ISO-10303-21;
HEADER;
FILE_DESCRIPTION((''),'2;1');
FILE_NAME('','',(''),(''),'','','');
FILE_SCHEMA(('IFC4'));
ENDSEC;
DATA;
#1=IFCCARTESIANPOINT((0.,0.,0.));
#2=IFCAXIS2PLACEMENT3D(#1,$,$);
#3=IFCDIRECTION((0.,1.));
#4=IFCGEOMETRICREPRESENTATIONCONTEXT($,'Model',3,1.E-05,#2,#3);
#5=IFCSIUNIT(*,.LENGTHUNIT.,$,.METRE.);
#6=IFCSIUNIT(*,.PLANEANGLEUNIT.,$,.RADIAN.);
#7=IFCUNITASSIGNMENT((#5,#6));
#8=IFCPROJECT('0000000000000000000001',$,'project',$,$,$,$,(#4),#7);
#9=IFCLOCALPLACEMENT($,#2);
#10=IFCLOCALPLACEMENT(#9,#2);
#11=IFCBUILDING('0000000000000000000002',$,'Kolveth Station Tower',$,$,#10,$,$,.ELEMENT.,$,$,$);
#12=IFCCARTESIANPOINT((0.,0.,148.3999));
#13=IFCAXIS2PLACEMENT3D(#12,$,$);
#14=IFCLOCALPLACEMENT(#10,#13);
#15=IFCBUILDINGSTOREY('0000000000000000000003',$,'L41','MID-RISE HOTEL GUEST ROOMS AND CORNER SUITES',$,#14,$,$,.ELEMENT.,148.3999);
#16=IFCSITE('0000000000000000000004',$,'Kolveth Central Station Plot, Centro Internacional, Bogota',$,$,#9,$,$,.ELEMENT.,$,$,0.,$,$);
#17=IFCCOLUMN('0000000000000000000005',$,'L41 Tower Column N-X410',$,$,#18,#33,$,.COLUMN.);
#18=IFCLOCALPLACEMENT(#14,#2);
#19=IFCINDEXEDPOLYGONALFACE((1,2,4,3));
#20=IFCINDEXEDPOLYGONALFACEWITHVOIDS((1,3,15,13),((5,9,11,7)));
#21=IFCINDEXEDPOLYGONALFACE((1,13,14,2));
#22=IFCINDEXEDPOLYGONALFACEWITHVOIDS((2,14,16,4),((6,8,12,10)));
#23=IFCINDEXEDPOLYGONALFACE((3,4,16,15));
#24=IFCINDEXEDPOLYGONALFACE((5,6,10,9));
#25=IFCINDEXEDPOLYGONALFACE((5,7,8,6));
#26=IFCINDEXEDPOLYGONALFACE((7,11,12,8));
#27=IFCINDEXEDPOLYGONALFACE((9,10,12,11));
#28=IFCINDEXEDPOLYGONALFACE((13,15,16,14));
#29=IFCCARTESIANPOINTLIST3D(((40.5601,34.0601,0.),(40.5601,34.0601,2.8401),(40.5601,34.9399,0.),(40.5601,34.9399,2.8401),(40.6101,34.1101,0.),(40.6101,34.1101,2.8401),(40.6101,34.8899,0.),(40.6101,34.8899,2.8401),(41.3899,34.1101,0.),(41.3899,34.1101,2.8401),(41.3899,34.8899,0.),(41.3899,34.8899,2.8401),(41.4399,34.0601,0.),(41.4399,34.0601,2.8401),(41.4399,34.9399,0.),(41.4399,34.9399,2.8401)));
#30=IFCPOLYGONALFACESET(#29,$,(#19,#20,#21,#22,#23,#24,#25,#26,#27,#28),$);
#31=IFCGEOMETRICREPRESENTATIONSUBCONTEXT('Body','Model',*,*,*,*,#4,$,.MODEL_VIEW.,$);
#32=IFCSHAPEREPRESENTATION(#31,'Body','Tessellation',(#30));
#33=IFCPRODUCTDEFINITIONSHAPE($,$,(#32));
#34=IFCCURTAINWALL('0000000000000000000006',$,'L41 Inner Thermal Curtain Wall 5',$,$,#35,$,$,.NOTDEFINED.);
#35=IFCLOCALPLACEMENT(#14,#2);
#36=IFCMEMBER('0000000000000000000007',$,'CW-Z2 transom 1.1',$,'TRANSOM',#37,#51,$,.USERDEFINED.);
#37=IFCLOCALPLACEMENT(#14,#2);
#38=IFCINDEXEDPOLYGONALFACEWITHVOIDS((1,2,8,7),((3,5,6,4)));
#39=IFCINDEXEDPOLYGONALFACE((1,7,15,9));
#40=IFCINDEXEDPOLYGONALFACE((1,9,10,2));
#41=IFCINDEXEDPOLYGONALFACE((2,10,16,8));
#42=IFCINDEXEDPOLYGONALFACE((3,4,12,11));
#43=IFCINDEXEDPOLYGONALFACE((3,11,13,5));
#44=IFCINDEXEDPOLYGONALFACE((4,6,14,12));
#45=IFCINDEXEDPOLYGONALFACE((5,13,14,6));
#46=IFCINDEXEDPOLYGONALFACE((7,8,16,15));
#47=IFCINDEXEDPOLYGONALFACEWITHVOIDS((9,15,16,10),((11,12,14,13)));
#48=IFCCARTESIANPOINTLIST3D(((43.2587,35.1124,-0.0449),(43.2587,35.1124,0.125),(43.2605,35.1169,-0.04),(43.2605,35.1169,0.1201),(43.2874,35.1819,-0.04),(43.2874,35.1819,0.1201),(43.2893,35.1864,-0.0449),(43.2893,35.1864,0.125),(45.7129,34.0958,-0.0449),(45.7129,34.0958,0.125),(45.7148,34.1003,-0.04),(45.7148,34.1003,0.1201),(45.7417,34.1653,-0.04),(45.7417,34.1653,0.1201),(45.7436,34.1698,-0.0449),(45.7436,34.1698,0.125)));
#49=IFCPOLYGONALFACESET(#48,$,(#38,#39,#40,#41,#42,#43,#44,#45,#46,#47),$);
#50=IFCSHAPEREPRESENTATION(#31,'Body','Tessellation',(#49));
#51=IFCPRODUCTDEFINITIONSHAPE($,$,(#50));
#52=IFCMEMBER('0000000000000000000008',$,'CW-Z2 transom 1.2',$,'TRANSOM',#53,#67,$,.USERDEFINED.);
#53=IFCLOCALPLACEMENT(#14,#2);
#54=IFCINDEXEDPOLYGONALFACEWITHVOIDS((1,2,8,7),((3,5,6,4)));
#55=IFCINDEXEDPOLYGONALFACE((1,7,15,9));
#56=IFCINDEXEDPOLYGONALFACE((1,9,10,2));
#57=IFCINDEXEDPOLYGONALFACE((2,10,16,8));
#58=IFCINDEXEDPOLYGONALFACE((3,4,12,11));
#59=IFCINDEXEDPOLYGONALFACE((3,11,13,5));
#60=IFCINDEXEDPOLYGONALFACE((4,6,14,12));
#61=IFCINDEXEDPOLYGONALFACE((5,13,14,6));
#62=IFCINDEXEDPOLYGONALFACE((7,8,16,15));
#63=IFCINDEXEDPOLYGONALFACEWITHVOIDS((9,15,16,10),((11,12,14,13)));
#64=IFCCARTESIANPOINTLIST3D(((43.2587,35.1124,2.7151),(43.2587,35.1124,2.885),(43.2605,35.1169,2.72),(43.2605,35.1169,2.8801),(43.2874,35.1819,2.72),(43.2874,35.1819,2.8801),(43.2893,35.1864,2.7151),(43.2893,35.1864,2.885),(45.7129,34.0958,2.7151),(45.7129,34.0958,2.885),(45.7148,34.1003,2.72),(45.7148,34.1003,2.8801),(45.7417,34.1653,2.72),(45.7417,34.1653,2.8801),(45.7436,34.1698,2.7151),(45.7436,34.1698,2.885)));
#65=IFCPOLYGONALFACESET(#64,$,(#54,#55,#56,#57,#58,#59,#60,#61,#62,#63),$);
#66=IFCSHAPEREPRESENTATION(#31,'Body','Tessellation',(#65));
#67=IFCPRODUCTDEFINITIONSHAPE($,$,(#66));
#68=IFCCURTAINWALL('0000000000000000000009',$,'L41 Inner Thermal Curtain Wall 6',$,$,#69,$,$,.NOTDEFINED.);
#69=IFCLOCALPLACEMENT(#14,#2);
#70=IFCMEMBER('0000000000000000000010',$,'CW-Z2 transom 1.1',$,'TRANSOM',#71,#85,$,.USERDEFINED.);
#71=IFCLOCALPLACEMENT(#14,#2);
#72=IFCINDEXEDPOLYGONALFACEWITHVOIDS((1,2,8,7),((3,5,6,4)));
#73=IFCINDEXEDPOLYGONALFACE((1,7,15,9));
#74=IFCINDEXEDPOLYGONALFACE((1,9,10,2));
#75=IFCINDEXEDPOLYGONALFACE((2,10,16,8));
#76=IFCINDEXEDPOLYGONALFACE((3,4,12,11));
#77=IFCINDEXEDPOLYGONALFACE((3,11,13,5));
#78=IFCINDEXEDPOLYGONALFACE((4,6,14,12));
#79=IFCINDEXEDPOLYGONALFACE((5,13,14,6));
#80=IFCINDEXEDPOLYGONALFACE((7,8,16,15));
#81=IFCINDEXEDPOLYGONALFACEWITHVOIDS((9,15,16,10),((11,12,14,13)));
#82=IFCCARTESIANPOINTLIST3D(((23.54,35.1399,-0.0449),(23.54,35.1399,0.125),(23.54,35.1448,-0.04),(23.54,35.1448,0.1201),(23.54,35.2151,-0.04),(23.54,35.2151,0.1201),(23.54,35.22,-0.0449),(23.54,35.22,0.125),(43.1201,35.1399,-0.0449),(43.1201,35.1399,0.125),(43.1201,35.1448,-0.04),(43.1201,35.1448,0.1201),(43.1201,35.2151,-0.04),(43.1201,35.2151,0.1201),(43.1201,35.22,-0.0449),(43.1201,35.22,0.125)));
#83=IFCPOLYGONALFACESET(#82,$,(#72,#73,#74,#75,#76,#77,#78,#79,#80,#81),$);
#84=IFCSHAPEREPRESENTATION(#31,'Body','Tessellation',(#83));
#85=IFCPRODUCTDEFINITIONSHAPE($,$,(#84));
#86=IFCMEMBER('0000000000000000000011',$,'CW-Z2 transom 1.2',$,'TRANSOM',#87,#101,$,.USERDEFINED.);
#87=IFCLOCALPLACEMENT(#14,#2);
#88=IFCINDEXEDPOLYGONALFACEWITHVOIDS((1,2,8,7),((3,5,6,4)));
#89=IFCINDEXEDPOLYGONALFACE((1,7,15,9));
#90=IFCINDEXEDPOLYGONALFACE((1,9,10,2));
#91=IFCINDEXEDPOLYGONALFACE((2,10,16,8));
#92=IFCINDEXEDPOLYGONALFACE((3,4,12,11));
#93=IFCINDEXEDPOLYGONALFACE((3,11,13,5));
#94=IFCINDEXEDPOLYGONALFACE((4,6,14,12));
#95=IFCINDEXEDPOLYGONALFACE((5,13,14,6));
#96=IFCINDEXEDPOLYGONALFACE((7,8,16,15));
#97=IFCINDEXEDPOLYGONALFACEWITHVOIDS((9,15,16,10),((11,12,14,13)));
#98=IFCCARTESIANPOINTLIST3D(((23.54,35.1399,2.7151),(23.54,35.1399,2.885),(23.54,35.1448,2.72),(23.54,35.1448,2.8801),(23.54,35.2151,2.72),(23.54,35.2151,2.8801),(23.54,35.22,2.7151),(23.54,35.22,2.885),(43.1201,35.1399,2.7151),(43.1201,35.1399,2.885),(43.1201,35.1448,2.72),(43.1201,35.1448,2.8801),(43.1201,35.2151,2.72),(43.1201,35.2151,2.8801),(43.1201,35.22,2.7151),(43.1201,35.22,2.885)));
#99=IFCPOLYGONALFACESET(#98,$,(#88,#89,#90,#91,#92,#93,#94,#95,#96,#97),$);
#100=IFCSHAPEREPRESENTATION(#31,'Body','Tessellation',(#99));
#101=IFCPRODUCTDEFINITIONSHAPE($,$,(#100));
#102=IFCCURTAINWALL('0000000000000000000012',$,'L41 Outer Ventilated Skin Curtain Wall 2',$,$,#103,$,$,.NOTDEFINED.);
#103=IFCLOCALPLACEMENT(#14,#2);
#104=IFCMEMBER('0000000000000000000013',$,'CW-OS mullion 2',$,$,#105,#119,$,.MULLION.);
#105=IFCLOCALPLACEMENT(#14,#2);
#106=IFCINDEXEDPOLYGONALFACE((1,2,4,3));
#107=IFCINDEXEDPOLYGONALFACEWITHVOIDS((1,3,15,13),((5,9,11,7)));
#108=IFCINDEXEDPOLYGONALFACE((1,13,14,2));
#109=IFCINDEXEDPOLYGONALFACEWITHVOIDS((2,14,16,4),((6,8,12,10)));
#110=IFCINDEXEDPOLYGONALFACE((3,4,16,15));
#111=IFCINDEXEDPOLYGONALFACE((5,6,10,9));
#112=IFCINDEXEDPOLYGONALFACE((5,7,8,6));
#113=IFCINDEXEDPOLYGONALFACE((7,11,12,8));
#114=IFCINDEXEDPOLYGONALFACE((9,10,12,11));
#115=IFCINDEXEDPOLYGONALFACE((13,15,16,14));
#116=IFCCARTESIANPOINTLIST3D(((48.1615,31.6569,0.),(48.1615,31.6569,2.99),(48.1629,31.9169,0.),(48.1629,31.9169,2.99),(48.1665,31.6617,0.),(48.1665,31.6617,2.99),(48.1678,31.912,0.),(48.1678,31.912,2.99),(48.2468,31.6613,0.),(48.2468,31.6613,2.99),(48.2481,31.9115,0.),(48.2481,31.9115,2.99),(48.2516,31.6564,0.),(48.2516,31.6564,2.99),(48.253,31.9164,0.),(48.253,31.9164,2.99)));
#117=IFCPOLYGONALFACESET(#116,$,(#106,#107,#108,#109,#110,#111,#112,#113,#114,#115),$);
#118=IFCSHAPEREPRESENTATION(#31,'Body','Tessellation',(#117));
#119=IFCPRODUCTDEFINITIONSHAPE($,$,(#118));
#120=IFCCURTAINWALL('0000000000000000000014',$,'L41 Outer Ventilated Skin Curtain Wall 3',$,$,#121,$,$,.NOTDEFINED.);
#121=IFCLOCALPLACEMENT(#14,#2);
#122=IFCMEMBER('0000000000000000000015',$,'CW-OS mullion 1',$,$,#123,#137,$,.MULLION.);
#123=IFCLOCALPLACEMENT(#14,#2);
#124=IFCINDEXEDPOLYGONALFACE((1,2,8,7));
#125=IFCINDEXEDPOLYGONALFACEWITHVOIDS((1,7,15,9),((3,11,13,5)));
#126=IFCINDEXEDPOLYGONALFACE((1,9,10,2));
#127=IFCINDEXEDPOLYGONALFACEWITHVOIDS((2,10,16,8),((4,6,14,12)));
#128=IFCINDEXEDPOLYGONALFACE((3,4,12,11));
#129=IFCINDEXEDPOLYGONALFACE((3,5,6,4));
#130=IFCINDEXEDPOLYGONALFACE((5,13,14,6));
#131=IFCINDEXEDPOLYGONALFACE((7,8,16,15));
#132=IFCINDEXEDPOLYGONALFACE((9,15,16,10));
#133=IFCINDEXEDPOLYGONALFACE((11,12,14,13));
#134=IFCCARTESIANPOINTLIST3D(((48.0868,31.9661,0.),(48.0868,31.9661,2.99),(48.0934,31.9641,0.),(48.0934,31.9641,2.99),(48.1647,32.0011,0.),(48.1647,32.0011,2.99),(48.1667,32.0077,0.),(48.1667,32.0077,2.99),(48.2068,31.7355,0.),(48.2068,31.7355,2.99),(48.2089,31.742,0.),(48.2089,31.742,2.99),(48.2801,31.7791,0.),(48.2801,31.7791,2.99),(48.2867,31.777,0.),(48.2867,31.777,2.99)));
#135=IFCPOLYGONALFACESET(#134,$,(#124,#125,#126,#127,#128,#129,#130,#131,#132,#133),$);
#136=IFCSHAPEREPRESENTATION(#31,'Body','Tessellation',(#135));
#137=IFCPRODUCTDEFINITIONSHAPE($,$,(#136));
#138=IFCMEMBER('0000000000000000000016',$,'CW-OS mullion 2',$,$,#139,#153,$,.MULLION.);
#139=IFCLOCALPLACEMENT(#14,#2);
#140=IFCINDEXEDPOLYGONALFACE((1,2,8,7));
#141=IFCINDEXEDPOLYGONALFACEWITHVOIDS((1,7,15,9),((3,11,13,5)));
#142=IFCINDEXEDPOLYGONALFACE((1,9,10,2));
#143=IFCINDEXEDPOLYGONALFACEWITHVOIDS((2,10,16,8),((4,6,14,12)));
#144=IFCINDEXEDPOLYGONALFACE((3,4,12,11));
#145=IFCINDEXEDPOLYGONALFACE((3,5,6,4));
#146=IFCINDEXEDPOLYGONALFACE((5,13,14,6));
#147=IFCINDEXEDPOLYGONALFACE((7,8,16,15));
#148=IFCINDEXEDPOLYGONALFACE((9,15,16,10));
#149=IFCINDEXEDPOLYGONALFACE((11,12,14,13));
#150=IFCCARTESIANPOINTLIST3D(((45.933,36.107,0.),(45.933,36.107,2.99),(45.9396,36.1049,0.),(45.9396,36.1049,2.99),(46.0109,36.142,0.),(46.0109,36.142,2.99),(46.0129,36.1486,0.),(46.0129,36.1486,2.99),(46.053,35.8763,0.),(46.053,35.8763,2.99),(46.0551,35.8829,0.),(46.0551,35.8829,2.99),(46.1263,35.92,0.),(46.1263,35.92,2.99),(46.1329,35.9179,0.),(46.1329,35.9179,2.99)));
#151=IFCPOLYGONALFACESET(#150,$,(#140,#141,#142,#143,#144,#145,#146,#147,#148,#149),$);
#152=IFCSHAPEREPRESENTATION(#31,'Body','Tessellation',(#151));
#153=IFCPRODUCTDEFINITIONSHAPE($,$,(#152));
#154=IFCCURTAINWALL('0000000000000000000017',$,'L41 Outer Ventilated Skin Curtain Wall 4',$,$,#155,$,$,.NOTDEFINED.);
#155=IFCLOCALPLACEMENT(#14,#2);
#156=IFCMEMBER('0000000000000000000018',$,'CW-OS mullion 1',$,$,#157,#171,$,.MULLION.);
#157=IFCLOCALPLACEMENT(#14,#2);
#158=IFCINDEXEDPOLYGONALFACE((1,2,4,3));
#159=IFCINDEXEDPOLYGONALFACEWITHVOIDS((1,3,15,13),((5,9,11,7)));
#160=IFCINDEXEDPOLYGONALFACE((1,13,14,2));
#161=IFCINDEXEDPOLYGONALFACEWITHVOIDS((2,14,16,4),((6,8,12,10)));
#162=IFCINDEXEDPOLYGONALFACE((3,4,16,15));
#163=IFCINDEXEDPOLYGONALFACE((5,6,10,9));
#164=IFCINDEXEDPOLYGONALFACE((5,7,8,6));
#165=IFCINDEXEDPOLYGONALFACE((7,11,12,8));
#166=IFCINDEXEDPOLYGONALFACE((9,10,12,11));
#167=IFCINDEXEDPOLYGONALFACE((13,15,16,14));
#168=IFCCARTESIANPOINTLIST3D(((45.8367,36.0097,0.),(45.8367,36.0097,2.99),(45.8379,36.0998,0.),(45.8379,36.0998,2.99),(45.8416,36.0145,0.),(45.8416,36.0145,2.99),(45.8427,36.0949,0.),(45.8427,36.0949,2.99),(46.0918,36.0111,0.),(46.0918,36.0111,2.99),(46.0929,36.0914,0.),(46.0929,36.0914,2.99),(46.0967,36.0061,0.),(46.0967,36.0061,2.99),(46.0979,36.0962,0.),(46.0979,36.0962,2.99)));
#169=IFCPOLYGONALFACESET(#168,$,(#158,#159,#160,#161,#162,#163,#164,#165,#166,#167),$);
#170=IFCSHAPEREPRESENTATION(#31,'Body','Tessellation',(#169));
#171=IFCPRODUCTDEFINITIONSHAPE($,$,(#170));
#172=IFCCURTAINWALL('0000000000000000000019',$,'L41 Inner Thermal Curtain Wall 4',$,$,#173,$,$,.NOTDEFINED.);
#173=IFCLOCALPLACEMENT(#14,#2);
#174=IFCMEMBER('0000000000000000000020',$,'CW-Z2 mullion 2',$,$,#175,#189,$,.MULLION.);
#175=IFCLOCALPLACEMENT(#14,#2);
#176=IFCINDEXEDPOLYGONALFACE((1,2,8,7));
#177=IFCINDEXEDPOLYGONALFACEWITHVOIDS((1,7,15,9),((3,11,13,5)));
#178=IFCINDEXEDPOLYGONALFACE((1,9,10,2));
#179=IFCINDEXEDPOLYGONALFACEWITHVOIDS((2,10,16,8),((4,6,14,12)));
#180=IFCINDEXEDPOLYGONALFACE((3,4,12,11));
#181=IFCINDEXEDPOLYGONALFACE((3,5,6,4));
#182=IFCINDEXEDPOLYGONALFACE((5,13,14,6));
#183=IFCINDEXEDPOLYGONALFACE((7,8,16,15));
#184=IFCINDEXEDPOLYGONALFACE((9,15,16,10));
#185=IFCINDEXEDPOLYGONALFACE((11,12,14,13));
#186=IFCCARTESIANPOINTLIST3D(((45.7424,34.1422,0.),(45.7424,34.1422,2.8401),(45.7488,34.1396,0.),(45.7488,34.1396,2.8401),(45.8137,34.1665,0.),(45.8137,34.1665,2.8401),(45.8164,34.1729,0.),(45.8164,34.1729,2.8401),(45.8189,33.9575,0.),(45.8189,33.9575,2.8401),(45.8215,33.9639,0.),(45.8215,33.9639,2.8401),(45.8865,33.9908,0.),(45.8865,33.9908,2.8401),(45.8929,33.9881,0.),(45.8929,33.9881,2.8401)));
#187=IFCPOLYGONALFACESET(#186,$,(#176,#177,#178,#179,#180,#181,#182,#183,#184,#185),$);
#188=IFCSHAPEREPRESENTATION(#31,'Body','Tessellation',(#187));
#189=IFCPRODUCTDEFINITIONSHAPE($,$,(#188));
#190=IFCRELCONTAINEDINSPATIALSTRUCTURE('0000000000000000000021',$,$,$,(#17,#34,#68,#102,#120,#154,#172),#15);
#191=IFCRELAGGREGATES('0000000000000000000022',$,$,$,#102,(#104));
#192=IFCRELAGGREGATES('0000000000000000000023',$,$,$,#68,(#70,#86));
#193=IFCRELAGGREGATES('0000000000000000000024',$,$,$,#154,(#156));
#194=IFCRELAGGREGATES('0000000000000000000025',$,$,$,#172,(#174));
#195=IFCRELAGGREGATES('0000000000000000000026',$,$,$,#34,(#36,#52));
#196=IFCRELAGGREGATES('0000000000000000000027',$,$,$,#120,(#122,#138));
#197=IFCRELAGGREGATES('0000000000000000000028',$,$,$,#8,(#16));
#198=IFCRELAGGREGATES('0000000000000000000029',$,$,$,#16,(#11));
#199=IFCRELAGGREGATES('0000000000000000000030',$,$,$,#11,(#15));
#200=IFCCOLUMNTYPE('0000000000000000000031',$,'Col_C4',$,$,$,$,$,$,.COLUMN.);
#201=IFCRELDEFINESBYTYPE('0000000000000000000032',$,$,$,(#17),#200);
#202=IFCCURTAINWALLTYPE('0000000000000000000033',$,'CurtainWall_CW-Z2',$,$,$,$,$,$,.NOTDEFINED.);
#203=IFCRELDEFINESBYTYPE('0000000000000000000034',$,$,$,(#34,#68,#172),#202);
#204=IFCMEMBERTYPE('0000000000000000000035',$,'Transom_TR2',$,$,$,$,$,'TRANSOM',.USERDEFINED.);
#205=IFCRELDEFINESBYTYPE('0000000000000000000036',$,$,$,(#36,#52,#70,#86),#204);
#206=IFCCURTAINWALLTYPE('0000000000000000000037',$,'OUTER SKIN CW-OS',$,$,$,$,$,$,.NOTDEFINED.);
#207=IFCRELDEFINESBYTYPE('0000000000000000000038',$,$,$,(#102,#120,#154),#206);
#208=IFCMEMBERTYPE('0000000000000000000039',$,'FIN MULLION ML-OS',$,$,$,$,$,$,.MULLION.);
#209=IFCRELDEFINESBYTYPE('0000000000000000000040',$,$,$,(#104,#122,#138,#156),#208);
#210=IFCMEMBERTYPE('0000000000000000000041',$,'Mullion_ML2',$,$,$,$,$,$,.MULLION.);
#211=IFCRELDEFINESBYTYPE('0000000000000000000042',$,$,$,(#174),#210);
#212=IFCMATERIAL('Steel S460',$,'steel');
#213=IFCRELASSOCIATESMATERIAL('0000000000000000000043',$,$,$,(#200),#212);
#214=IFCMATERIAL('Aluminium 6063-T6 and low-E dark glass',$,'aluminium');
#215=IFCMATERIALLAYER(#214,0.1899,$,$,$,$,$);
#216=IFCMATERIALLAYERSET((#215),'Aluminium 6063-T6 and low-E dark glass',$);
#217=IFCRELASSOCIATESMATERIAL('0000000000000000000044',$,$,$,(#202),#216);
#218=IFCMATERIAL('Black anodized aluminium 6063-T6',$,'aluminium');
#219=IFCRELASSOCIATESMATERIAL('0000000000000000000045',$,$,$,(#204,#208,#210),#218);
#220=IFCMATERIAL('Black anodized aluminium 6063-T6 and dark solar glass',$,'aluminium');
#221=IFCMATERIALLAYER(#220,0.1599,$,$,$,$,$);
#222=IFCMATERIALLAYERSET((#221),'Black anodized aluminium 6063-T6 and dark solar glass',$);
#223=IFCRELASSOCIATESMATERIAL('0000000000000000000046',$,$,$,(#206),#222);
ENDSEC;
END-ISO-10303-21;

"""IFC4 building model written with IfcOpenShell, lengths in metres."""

from ifc_helpers import new_model, si_unit, direction, frame, origin, origin_2d, place, context, subcontext, project, spatial, hollow_rectangle, extrude, source, transform, mapped, material, layer, layer_set, material_profile, profile_set, type_object, element, aggregate, save


model = new_model("IFC4")

# Units and contexts
model_context = context("Model", 3, precision=1e-05, world=origin(), true_north=direction((0.0, 1.0)))
body_context = subcontext(model_context, "Body", "Model", "MODEL_VIEW")
ifc_project = project(units=[si_unit("LENGTHUNIT", "METRE"), si_unit("PLANEANGLEUNIT", "RADIAN")], contexts=[model_context])

# Site, building, storey
site_placement = place(None, origin())
site = spatial("IfcSite", under=ifc_project, at=site_placement, Name="Kolveth Central Station Plot, Centro Internacional, Bogota", CompositionType="ELEMENT", RefElevation=0.0)
building_placement = place(site_placement, origin())
building = spatial("IfcBuilding", under=site, at=building_placement, Name="Kolveth Station Tower", CompositionType="ELEMENT")
storey_placement = place(building_placement, frame((0.0, 0.0, 148.3999)))
storey = spatial("IfcBuildingStorey", under=building, at=storey_placement, Name="L41", Description="MID-RISE HOTEL GUEST ROOMS AND CORNER SUITES", CompositionType="ELEMENT", Elevation=148.3999)

# Column
ifc_material_1 = material(Name="Steel S460", Category="steel")
ifc_material_profile_1 = material_profile(ifc_material_1, hollow_rectangle(XDim=0.8799, YDim=0.8799, WallThickness=0.05, at=origin_2d()), Name="BOX880x880x50")
ifc_profile_set_1 = profile_set([ifc_material_profile_1], Name="Steel S460")
column_type = type_object("IfcColumnType", Name="Col_C4", PredefinedType="COLUMN", material=ifc_profile_set_1)
shared_shape_1 = source(origin(), body_context, "Body", "SweptSolid", [
    extrude(hollow_rectangle(XDim=0.8799, YDim=0.8799, WallThickness=0.05, at=origin_2d()), origin(), (0.0, 0.0, 1.0), 2.8401),
])
column_placement = place(storey_placement, frame((41.0, 34.5, 0.0), z_axis=(0.0, 0.0, 1.0), x_axis=(1.0, 0.0, 0.0)))
element("IfcColumn", 1, at=column_placement, inside=storey, type_object=column_type, Name="L41 Tower Column N-X410", PredefinedType="COLUMN", context=body_context, shape_type="MappedRepresentation", body=[
    mapped(shared_shape_1, transform((0.0, 0.0, 0.0), x_axis=(1.0, 0.0, 0.0), y_axis=(0.0, 1.0, 0.0), z_axis=(0.0, 0.0, 1.0), scale=1.0)),
])

# Curtain walls, members
ifc_material_2 = material(Name="Aluminium 6063-T6 and low-E dark glass", Category="aluminium")
ifc_layer_1 = layer(ifc_material_2, 0.1899)
ifc_layer_set_1 = layer_set([ifc_layer_1], Name="Aluminium 6063-T6 and low-E dark glass")
curtain_wall_type_1 = type_object("IfcCurtainWallType", Name="CurtainWall_CW-Z2", PredefinedType="NOTDEFINED", material=ifc_layer_set_1)
curtain_wall_1_placement = place(storey_placement, origin())
curtain_wall_1 = element("IfcCurtainWall", 2, at=curtain_wall_1_placement, inside=storey, type_object=curtain_wall_type_1, Name="L41 Inner Thermal Curtain Wall 5", PredefinedType="NOTDEFINED")
ifc_material_3 = material(Name="Black anodized aluminium 6063-T6", Category="aluminium")
ifc_material_profile_2 = material_profile(ifc_material_3, hollow_rectangle(XDim=0.0801, YDim=0.1699, WallThickness=0.0049, at=origin_2d()), Name="ALU-80x170x5")
ifc_profile_set_2 = profile_set([ifc_material_profile_2], Name="Black anodized aluminium 6063-T6")
member_type_1 = type_object("IfcMemberType", Name="Transom_TR2", ElementType="TRANSOM", PredefinedType="USERDEFINED", material=ifc_profile_set_2)
shared_shape_2 = source(origin(), body_context, "Body", "SweptSolid", [
    extrude(hollow_rectangle(XDim=0.0801, YDim=0.1699, WallThickness=0.0049, at=origin_2d()), origin(), (0.0, 0.0, 1.0), 2.6565),
])
member_1_placement = place(storey_placement, frame((45.7283, 34.1328, 0.04), z_axis=(-0.923882, 0.382676, 0.0), x_axis=(-0.382676, -0.923882, 0.0)))
member_1 = element("IfcMember", 3, at=member_1_placement, type_object=member_type_1, Name="CW-Z2 transom 1.1", ObjectType="TRANSOM", PredefinedType="USERDEFINED", context=body_context, shape_type="MappedRepresentation", body=[
    mapped(shared_shape_2, transform((0.0, 0.0, 0.0), x_axis=(1.0, 0.0, 0.0), y_axis=(0.0, 1.0, 0.0), z_axis=(0.0, 0.0, 1.0), scale=1.0)),
])
member_2_placement = place(storey_placement, frame((45.7283, 34.1328, 2.8), z_axis=(-0.923882, 0.382676, 0.0), x_axis=(-0.382676, -0.923882, 0.0)))
member_2 = element("IfcMember", 4, at=member_2_placement, type_object=member_type_1, Name="CW-Z2 transom 1.2", ObjectType="TRANSOM", PredefinedType="USERDEFINED", context=body_context, shape_type="MappedRepresentation", body=[
    mapped(shared_shape_2, transform((0.0, 0.0, 0.0), x_axis=(1.0, 0.0, 0.0), y_axis=(0.0, 1.0, 0.0), z_axis=(0.0, 0.0, 1.0), scale=1.0)),
])
curtain_wall_2_placement = place(storey_placement, origin())
curtain_wall_2 = element("IfcCurtainWall", 5, at=curtain_wall_2_placement, inside=storey, type_object=curtain_wall_type_1, Name="L41 Inner Thermal Curtain Wall 6", PredefinedType="NOTDEFINED")
shared_shape_3 = source(origin(), body_context, "Body", "SweptSolid", [
    extrude(hollow_rectangle(XDim=0.0801, YDim=0.1699, WallThickness=0.0049, at=origin_2d()), origin(), (0.0, 0.0, 1.0), 19.5801),
])
member_3_placement = place(storey_placement, frame((43.1201, 35.1799, 0.04), z_axis=(-1.0, 0.0, 0.0), x_axis=(0.0, -1.0, 0.0)))
member_3 = element("IfcMember", 6, at=member_3_placement, type_object=member_type_1, Name="CW-Z2 transom 1.1", ObjectType="TRANSOM", PredefinedType="USERDEFINED", context=body_context, shape_type="MappedRepresentation", body=[
    mapped(shared_shape_3, transform((0.0, 0.0, 0.0), x_axis=(1.0, 0.0, 0.0), y_axis=(0.0, 1.0, 0.0), z_axis=(0.0, 0.0, 1.0), scale=1.0)),
])
member_4_placement = place(storey_placement, frame((43.1201, 35.1799, 2.8), z_axis=(-1.0, 0.0, 0.0), x_axis=(0.0, -1.0, 0.0)))
member_4 = element("IfcMember", 7, at=member_4_placement, type_object=member_type_1, Name="CW-Z2 transom 1.2", ObjectType="TRANSOM", PredefinedType="USERDEFINED", context=body_context, shape_type="MappedRepresentation", body=[
    mapped(shared_shape_3, transform((0.0, 0.0, 0.0), x_axis=(1.0, 0.0, 0.0), y_axis=(0.0, 1.0, 0.0), z_axis=(0.0, 0.0, 1.0), scale=1.0)),
])

# Curtain wall, member
ifc_material_4 = material(Name="Black anodized aluminium 6063-T6 and dark solar glass", Category="aluminium")
ifc_layer_2 = layer(ifc_material_4, 0.1599)
ifc_layer_set_2 = layer_set([ifc_layer_2], Name="Black anodized aluminium 6063-T6 and dark solar glass")
curtain_wall_type_2 = type_object("IfcCurtainWallType", Name="OUTER SKIN CW-OS", PredefinedType="NOTDEFINED", material=ifc_layer_set_2)
curtain_wall_3_placement = place(storey_placement, origin())
curtain_wall_3 = element("IfcCurtainWall", 8, at=curtain_wall_3_placement, inside=storey, type_object=curtain_wall_type_2, Name="L41 Outer Ventilated Skin Curtain Wall 2", PredefinedType="NOTDEFINED")
ifc_material_profile_3 = material_profile(ifc_material_3, hollow_rectangle(XDim=0.0901, YDim=0.26, WallThickness=0.0049, at=origin_2d()), Name="ALU-90x260x5")
ifc_profile_set_3 = profile_set([ifc_material_profile_3], Name="Black anodized aluminium 6063-T6")
member_type_2 = type_object("IfcMemberType", Name="FIN MULLION ML-OS", PredefinedType="MULLION", material=ifc_profile_set_3)
shared_shape_4 = source(origin(), body_context, "Body", "SweptSolid", [
    extrude(hollow_rectangle(XDim=0.0901, YDim=0.26, WallThickness=0.0049, at=origin_2d()), origin(), (0.0, 0.0, 1.0), 2.99),
])
member_5_placement = place(storey_placement, frame((48.2073, 31.7866, 0.0), z_axis=(0.0, 0.0, 1.0), x_axis=(-0.999986, 0.005307, 0.0)))
member_5 = element("IfcMember", 9, at=member_5_placement, type_object=member_type_2, Name="CW-OS mullion 2", PredefinedType="MULLION", context=body_context, shape_type="MappedRepresentation", body=[
    mapped(shared_shape_4, transform((0.0, 0.0, 0.0), x_axis=(1.0, 0.0, 0.0), y_axis=(0.0, 1.0, 0.0), z_axis=(0.0, 0.0, 1.0), scale=1.0)),
])
aggregate(curtain_wall_3, [member_5])

# Curtain wall, members
curtain_wall_4_placement = place(storey_placement, origin())
curtain_wall_4 = element("IfcCurtainWall", 10, at=curtain_wall_4_placement, inside=storey, type_object=curtain_wall_type_2, Name="L41 Outer Ventilated Skin Curtain Wall 3", PredefinedType="NOTDEFINED")
member_6_placement = place(storey_placement, frame((48.1868, 31.8716, 0.0), z_axis=(0.0, 0.0, 1.0), x_axis=(-0.887171, -0.461441, 0.0)))
member_6 = element("IfcMember", 11, at=member_6_placement, type_object=member_type_2, Name="CW-OS mullion 1", PredefinedType="MULLION", context=body_context, shape_type="MappedRepresentation", body=[
    mapped(shared_shape_4, transform((0.0, 0.0, 0.0), x_axis=(1.0, 0.0, 0.0), y_axis=(0.0, 1.0, 0.0), z_axis=(0.0, 0.0, 1.0), scale=1.0)),
])
member_7_placement = place(storey_placement, frame((46.033, 36.0125, 0.0), z_axis=(0.0, 0.0, 1.0), x_axis=(-0.887171, -0.461441, 0.0)))
member_7 = element("IfcMember", 12, at=member_7_placement, type_object=member_type_2, Name="CW-OS mullion 2", PredefinedType="MULLION", context=body_context, shape_type="MappedRepresentation", body=[
    mapped(shared_shape_4, transform((0.0, 0.0, 0.0), x_axis=(1.0, 0.0, 0.0), y_axis=(0.0, 1.0, 0.0), z_axis=(0.0, 0.0, 1.0), scale=1.0)),
])

# Curtain walls, members
curtain_wall_5_placement = place(storey_placement, origin())
curtain_wall_5 = element("IfcCurtainWall", 13, at=curtain_wall_5_placement, inside=storey, type_object=curtain_wall_type_2, Name="L41 Outer Ventilated Skin Curtain Wall 4", PredefinedType="NOTDEFINED")
member_8_placement = place(storey_placement, frame((45.9673, 36.053, 0.0), z_axis=(0.0, 0.0, 1.0), x_axis=(-0.013763, -0.999905, 0.0)))
member_8 = element("IfcMember", 14, at=member_8_placement, type_object=member_type_2, Name="CW-OS mullion 1", PredefinedType="MULLION", context=body_context, shape_type="MappedRepresentation", body=[
    mapped(shared_shape_4, transform((0.0, 0.0, 0.0), x_axis=(1.0, 0.0, 0.0), y_axis=(0.0, 1.0, 0.0), z_axis=(0.0, 0.0, 1.0), scale=1.0)),
])
curtain_wall_6_placement = place(storey_placement, origin())
curtain_wall_6 = element("IfcCurtainWall", 15, at=curtain_wall_6_placement, inside=storey, type_object=curtain_wall_type_1, Name="L41 Inner Thermal Curtain Wall 4", PredefinedType="NOTDEFINED")
ifc_material_profile_4 = material_profile(ifc_material_3, hollow_rectangle(XDim=0.0801, YDim=0.2, WallThickness=0.0049, at=origin_2d()), Name="ALU-80x200x5")
ifc_profile_set_4 = profile_set([ifc_material_profile_4], Name="Black anodized aluminium 6063-T6")
member_type_3 = type_object("IfcMemberType", Name="Mullion_ML2", PredefinedType="MULLION", material=ifc_profile_set_4)
shared_shape_5 = source(origin(), body_context, "Body", "SweptSolid", [
    extrude(hollow_rectangle(XDim=0.0801, YDim=0.2, WallThickness=0.0049, at=origin_2d()), origin(), (0.0, 0.0, 1.0), 2.8401),
])
member_9_placement = place(storey_placement, frame((45.8176, 34.0652, 0.0), z_axis=(0.0, 0.0, 1.0), x_axis=(-0.923888, -0.382663, 0.0)))
member_9 = element("IfcMember", 16, at=member_9_placement, type_object=member_type_3, Name="CW-Z2 mullion 2", PredefinedType="MULLION", context=body_context, shape_type="MappedRepresentation", body=[
    mapped(shared_shape_5, transform((0.0, 0.0, 0.0), x_axis=(1.0, 0.0, 0.0), y_axis=(0.0, 1.0, 0.0), z_axis=(0.0, 0.0, 1.0), scale=1.0)),
])

aggregate(curtain_wall_2, [member_3, member_4])
aggregate(curtain_wall_5, [member_8])

aggregate(curtain_wall_6, [member_9])
aggregate(curtain_wall_1, [member_1, member_2])
aggregate(curtain_wall_4, [member_6, member_7])

save(model, "model.ifc")
